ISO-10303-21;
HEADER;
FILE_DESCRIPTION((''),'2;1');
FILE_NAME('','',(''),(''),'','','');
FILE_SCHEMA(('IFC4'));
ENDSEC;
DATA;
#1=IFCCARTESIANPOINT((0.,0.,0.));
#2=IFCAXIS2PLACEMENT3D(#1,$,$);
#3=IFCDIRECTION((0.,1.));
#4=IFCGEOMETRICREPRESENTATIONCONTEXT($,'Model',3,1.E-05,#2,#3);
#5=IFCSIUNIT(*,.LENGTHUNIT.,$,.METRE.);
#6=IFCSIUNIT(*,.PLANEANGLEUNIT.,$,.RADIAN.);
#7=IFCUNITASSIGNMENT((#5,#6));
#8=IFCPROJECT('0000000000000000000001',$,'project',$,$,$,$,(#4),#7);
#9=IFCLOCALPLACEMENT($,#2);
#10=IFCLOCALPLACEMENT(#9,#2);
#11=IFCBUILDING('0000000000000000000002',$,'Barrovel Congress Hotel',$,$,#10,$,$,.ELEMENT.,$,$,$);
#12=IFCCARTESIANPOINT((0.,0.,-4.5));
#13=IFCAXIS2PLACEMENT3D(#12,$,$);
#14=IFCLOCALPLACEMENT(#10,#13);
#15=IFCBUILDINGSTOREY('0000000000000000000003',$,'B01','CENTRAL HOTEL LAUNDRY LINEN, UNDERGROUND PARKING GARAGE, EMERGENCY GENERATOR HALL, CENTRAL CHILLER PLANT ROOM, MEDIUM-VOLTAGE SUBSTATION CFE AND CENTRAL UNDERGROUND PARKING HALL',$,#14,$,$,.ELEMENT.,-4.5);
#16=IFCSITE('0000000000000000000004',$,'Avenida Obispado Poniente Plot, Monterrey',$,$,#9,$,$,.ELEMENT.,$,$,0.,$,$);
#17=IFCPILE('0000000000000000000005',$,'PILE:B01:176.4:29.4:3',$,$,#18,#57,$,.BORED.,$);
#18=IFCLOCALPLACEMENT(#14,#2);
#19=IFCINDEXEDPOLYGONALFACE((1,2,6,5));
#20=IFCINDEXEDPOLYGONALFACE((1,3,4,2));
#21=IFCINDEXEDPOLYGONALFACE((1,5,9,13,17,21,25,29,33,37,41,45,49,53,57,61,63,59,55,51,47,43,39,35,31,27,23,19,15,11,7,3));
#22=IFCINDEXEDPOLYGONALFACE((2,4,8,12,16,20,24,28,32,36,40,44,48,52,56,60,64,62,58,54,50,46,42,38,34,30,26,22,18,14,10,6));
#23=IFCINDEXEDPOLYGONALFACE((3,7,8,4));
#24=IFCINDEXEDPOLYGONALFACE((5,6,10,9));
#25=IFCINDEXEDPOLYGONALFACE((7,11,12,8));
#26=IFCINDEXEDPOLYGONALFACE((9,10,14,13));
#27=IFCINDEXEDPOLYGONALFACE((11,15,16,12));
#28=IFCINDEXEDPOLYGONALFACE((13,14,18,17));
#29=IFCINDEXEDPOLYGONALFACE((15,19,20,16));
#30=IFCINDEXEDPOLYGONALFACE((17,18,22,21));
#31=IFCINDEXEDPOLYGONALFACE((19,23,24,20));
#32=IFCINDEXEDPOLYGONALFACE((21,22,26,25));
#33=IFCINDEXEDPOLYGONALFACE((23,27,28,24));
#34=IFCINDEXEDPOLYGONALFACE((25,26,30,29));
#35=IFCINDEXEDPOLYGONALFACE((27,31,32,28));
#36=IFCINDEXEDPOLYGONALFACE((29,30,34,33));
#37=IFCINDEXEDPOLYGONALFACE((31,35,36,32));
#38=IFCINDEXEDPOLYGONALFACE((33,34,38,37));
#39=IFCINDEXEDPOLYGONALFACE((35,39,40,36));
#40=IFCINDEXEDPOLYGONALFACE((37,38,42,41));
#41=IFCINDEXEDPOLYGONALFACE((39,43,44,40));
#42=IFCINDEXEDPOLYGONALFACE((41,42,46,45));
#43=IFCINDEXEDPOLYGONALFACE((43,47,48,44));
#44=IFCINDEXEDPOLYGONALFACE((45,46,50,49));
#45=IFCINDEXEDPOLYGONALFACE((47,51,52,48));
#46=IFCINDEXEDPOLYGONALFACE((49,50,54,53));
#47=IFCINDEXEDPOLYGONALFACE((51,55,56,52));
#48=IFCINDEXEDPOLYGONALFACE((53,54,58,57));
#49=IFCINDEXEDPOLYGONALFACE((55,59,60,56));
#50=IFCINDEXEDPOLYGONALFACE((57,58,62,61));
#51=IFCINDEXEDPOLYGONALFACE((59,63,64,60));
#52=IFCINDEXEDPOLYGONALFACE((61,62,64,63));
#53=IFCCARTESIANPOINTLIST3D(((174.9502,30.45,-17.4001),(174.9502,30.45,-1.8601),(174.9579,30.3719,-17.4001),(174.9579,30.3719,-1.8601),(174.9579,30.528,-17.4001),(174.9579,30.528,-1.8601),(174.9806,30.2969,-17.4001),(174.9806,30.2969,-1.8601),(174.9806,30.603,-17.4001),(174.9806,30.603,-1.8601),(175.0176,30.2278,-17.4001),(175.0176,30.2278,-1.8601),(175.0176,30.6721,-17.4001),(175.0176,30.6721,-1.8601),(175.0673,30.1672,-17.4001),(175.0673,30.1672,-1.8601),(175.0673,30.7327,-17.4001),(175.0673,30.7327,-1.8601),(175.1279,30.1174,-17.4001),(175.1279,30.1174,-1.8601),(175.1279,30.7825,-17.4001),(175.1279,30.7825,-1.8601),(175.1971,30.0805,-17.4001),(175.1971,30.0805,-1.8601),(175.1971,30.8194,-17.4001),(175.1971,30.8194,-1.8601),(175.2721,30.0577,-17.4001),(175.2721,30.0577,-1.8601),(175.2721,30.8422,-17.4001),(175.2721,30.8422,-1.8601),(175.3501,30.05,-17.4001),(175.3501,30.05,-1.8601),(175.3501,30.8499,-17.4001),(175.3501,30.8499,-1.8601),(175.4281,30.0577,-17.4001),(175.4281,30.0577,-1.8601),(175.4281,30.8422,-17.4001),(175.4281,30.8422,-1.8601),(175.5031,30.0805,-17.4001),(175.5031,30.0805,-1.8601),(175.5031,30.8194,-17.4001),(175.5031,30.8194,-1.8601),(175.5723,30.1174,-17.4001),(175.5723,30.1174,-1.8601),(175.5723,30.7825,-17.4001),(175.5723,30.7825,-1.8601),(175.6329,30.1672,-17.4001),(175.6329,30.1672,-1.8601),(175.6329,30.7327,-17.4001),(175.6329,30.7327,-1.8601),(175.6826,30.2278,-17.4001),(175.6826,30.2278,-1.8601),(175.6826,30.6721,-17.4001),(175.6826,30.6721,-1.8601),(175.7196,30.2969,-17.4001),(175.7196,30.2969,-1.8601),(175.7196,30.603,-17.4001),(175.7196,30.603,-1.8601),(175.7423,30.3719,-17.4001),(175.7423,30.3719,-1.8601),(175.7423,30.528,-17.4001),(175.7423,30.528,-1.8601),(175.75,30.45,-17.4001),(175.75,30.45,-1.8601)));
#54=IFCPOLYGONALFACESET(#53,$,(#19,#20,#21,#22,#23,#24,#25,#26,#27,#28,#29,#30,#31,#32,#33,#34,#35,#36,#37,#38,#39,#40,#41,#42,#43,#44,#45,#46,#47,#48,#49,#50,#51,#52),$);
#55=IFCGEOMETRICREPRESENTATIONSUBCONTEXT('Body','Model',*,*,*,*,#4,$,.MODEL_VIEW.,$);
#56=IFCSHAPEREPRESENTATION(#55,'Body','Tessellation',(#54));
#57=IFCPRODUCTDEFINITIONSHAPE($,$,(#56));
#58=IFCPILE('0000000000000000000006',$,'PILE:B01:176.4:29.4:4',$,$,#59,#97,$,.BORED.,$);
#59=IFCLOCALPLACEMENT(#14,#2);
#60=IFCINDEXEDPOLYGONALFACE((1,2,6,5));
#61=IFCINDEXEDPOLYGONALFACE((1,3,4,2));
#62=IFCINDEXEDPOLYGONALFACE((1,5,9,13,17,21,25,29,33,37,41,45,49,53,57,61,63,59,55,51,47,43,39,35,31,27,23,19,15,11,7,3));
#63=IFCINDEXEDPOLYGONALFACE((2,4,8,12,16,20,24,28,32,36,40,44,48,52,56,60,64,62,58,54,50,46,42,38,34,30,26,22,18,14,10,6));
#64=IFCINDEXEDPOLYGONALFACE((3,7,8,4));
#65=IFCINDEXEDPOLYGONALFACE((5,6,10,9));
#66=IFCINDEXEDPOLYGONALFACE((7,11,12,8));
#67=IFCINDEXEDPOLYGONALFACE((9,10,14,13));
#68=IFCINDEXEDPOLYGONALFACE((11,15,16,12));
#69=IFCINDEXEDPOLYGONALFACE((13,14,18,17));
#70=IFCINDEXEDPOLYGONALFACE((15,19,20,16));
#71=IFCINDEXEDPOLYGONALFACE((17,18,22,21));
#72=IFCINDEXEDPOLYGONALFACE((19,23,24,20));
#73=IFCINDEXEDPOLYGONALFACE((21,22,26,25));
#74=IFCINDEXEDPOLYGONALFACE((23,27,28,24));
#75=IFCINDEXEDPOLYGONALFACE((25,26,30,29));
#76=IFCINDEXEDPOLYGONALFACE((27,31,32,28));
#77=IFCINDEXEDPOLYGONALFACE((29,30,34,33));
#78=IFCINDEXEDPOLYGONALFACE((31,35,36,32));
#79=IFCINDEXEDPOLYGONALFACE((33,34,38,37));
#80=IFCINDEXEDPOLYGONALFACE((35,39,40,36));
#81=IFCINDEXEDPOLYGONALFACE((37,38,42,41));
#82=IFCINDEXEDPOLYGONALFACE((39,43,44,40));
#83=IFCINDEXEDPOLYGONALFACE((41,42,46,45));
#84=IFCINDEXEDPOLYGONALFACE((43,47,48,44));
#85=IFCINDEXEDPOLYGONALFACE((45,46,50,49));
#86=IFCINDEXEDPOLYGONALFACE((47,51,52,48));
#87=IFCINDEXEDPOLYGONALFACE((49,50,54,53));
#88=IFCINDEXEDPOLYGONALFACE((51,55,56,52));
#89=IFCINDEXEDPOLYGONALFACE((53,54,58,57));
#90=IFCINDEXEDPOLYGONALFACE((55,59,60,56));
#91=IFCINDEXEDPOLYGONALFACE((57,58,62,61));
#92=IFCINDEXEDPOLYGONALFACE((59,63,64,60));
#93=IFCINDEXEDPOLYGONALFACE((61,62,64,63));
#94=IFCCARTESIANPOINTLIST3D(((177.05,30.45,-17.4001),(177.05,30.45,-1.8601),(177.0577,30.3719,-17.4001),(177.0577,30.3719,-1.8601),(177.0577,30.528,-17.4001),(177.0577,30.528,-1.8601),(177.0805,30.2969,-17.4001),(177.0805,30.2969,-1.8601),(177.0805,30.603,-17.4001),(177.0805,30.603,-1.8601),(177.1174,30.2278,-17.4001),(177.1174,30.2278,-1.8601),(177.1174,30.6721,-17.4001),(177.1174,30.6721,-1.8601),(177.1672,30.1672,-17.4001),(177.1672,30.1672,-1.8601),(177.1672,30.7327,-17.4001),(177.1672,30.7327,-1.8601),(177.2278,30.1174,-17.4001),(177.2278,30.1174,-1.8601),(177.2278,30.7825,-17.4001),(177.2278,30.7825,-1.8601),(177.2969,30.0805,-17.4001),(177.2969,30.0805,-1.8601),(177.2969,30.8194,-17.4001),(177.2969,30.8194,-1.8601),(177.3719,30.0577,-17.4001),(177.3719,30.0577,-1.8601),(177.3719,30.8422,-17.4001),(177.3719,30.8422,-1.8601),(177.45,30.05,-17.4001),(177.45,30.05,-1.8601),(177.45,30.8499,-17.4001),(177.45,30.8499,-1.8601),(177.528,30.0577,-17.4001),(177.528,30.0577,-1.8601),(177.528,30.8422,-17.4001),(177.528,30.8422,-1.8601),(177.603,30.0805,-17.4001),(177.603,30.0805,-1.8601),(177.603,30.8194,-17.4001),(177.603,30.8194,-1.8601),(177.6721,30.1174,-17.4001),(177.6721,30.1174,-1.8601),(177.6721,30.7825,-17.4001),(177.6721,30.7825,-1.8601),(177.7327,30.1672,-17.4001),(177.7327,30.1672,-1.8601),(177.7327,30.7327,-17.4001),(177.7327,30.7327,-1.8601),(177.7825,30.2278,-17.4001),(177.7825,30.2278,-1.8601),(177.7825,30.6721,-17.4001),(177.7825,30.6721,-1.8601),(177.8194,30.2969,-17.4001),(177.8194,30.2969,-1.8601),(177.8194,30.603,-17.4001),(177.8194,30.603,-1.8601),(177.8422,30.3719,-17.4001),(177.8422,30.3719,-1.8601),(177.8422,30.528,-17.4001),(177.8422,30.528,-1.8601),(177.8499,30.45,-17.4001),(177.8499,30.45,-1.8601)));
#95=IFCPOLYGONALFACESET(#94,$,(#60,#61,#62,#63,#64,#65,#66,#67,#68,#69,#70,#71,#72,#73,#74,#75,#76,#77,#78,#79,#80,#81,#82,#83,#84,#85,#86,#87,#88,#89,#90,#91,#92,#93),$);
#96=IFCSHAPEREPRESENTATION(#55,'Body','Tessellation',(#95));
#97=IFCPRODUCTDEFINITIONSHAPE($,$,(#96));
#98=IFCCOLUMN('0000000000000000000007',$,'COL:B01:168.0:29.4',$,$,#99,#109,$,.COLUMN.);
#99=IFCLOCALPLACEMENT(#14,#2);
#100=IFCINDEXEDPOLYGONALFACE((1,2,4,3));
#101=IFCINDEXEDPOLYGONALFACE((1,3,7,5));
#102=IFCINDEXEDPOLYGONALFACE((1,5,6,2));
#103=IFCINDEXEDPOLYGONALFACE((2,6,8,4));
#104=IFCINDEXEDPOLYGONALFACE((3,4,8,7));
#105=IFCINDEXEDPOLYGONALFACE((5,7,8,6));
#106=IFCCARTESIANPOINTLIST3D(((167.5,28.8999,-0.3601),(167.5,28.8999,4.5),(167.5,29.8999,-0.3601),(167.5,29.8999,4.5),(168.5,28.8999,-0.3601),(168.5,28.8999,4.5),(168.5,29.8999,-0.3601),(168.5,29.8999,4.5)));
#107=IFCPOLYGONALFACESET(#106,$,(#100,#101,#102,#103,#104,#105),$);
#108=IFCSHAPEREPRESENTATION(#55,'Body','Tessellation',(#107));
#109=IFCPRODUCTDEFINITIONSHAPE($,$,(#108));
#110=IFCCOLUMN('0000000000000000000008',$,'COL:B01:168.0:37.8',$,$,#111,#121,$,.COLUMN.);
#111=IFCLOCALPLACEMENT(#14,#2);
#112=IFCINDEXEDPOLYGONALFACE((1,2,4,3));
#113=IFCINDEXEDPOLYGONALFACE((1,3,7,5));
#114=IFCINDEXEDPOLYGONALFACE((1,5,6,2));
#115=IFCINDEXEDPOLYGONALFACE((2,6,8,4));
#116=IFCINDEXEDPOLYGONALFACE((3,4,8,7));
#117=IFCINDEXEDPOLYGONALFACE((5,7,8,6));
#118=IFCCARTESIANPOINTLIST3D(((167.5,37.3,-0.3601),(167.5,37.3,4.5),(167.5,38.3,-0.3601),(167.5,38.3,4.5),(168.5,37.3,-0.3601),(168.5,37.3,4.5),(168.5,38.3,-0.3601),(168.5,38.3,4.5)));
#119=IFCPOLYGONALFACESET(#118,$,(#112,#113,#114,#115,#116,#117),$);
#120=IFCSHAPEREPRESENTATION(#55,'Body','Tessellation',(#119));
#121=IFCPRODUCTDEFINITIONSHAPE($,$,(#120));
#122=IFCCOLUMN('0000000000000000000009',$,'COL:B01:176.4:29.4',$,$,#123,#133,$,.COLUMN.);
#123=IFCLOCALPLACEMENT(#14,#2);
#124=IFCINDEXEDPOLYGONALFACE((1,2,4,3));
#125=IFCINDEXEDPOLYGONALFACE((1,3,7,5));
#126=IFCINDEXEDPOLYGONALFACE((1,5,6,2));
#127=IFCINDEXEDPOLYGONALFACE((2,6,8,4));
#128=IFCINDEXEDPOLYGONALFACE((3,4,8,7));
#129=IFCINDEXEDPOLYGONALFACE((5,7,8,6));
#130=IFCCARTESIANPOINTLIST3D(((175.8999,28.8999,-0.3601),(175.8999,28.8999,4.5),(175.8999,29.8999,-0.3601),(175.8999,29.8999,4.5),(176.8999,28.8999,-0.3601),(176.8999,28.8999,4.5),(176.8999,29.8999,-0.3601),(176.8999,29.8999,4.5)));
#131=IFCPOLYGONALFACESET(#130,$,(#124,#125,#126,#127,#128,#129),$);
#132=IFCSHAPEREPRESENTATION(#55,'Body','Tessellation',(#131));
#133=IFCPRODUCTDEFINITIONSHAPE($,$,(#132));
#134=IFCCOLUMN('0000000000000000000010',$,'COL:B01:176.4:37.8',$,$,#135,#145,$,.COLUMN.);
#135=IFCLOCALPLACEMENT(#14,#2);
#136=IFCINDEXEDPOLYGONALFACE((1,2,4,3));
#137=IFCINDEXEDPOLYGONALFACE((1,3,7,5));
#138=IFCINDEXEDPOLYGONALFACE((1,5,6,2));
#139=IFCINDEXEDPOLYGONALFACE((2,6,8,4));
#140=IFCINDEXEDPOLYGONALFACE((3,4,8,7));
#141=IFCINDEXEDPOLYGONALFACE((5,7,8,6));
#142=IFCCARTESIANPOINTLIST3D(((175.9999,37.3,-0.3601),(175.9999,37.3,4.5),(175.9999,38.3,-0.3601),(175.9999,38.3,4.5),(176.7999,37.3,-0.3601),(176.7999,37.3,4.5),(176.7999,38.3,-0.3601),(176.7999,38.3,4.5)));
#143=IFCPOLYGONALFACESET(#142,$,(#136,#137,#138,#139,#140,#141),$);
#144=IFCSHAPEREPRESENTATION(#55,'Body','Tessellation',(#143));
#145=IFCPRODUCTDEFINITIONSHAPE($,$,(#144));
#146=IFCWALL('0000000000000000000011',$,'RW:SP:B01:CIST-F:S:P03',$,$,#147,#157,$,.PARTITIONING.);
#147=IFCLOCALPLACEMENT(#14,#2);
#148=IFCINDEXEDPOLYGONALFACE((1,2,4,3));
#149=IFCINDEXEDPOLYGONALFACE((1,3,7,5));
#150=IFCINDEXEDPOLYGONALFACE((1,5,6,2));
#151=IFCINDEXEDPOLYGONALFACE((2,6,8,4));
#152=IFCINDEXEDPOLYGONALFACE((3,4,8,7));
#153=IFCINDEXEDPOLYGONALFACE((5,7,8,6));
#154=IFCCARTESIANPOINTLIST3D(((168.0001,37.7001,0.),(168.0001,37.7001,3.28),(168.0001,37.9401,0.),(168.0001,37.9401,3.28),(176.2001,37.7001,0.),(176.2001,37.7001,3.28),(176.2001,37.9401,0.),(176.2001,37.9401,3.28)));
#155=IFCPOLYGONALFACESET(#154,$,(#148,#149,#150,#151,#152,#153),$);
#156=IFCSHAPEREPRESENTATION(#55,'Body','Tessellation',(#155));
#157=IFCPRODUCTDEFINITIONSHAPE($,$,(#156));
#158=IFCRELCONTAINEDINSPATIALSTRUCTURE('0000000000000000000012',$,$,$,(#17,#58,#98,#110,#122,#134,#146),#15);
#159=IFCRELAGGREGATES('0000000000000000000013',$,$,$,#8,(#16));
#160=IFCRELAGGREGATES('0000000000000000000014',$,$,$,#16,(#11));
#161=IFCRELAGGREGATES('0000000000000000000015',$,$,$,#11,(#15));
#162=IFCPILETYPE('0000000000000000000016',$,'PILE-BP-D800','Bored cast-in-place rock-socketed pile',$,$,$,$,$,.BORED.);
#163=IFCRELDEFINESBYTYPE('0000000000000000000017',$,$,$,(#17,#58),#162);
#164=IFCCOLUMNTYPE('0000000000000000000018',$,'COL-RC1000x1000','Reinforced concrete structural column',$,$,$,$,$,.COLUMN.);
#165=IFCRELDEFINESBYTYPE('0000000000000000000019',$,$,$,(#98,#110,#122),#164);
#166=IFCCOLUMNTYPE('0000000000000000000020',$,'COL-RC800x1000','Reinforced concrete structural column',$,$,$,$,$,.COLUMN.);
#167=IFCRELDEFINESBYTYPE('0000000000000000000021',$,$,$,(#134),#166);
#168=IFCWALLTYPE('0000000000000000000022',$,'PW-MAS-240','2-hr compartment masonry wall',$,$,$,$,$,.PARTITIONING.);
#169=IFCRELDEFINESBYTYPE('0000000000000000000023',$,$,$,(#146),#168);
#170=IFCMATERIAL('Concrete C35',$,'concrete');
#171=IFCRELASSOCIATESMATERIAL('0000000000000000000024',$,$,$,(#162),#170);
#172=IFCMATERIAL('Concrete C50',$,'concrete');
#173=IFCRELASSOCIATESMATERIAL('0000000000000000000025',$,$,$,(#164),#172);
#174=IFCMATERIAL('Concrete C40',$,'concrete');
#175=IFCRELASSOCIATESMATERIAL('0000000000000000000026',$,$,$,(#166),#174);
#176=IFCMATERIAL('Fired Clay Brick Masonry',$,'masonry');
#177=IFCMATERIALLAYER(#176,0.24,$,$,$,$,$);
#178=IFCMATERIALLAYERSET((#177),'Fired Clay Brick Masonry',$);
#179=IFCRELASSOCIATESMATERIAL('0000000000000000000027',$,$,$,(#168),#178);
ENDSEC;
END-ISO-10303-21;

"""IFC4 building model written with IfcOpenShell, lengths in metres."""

from ifc_helpers import new_model, si_unit, direction, frame, frame_2d, origin, origin_2d, place, context, subcontext, project, spatial, rectangle, circle, extrude, material, layer, layer_set, material_profile, profile_set, type_object, element, save


model = new_model("IFC4")

# Units and contexts
model_context = context("Model", 3, precision=1e-05, world=origin(), true_north=direction((0.0, 1.0)))
body_context = subcontext(model_context, "Body", "Model", "MODEL_VIEW")
ifc_project = project(units=[si_unit("LENGTHUNIT", "METRE"), si_unit("PLANEANGLEUNIT", "RADIAN")], contexts=[model_context])

# Site, building, storey
site_placement = place(None, origin())
site = spatial("IfcSite", under=ifc_project, at=site_placement, Name="Avenida Obispado Poniente Plot, Monterrey", CompositionType="ELEMENT", RefElevation=0.0)
building_placement = place(site_placement, origin())
building = spatial("IfcBuilding", under=site, at=building_placement, Name="Barrovel Congress Hotel", CompositionType="ELEMENT")
storey_placement = place(building_placement, frame((0.0, 0.0, -4.5)))
storey = spatial("IfcBuildingStorey", under=building, at=storey_placement, Name="B01", Description="CENTRAL HOTEL LAUNDRY LINEN, UNDERGROUND PARKING GARAGE, EMERGENCY GENERATOR HALL, CENTRAL CHILLER PLANT ROOM, MEDIUM-VOLTAGE SUBSTATION CFE AND CENTRAL UNDERGROUND PARKING HALL", CompositionType="ELEMENT", Elevation=-4.5)

# Shared definitions
ifc_material_1 = material(Name="Concrete C40", Category="concrete")

# Piles
ifc_material_2 = material(Name="Concrete C35", Category="concrete")
ifc_material_profile_1 = material_profile(ifc_material_2, circle(Radius=0.3999, at=origin_2d()), Name="BP-D800")
ifc_profile_set_1 = profile_set([ifc_material_profile_1], Name="Concrete C35")
pile_type_1 = type_object("IfcPileType", Name="PILE-BP-D800", Description="Bored cast-in-place rock-socketed pile", PredefinedType="BORED", material=ifc_profile_set_1)
for number, where, z_axis, x_axis, name in (
    (1, (175.3501, 30.45, -1.8601), (0.0, 0.0, -1.0), (1.0, 0.0, 0.0), "PILE:B01:176.4:29.4:3"),
    (2, (177.45, 30.45, -1.8601), (0.0, 0.0, -1.0), (1.0, 0.0, 0.0), "PILE:B01:176.4:29.4:4"),
):
    element("IfcPile", number, at=place(storey_placement, frame(where, z_axis=z_axis, x_axis=x_axis)), inside=storey, type_object=pile_type_1, Name=name, PredefinedType="BORED", context=body_context, shape_type="SweptSolid", body=[
        extrude(circle(Radius=0.3999, at=origin_2d()), origin(), (0.0, 0.0, 1.0), 15.54),
    ])

# Columns
ifc_material_3 = material(Name="Concrete C50", Category="concrete")
ifc_material_profile_2 = material_profile(ifc_material_3, rectangle(XDim=1.0, YDim=1.0, at=origin_2d()), Name="RC1000x1000")
ifc_profile_set_2 = profile_set([ifc_material_profile_2], Name="Concrete C50")
column_type_1 = type_object("IfcColumnType", Name="COL-RC1000x1000", Description="Reinforced concrete structural column", PredefinedType="COLUMN", material=ifc_profile_set_2)
for number, where, z_axis, x_axis, name in (
    (3, (168.0, 29.3999, -0.3601), (0.0, 0.0, 1.0), (1.0, 0.0, 0.0), "COL:B01:168.0:29.4"),
    (4, (168.0, 37.8, -0.3601), (0.0, 0.0, 1.0), (1.0, 0.0, 0.0), "COL:B01:168.0:37.8"),
    (5, (176.3999, 29.3999, -0.3601), (0.0, 0.0, 1.0), (1.0, 0.0, 0.0), "COL:B01:176.4:29.4"),
):
    element("IfcColumn", number, at=place(storey_placement, frame(where, z_axis=z_axis, x_axis=x_axis)), inside=storey, type_object=column_type_1, Name=name, PredefinedType="COLUMN", context=body_context, shape_type="SweptSolid", body=[
        extrude(rectangle(XDim=1.0, YDim=1.0, at=origin_2d()), origin(), (0.0, 0.0, 1.0), 4.8601),
    ])
ifc_material_profile_3 = material_profile(ifc_material_1, rectangle(XDim=0.8, YDim=1.0, at=origin_2d()), Name="RC800x1000")
ifc_profile_set_3 = profile_set([ifc_material_profile_3], Name="Concrete C40")
column_type_2 = type_object("IfcColumnType", Name="COL-RC800x1000", Description="Reinforced concrete structural column", PredefinedType="COLUMN", material=ifc_profile_set_3)
column_placement = place(storey_placement, frame((176.3999, 37.8, -0.3601), z_axis=(0.0, 0.0, 1.0), x_axis=(1.0, 0.0, 0.0)))
element("IfcColumn", 6, at=column_placement, inside=storey, type_object=column_type_2, Name="COL:B01:176.4:37.8", PredefinedType="COLUMN", context=body_context, shape_type="SweptSolid", body=[
    extrude(rectangle(XDim=0.8, YDim=1.0, at=origin_2d()), origin(), (0.0, 0.0, 1.0), 4.8601),
])

# Wall
ifc_material_4 = material(Name="Fired Clay Brick Masonry", Category="masonry")
ifc_layer = layer(ifc_material_4, 0.24)
ifc_layer_set = layer_set([ifc_layer], Name="Fired Clay Brick Masonry")
wall_type = type_object("IfcWallType", Name="PW-MAS-240", Description="2-hr compartment masonry wall", PredefinedType="PARTITIONING", material=ifc_layer_set)
wall_placement = place(storey_placement, frame((168.0, 37.8201, 0.0), z_axis=(0.0, 0.0, 1.0), x_axis=(1.0, 0.0, 0.0)))
element("IfcWall", 7, at=wall_placement, inside=storey, type_object=wall_type, Name="RW:SP:B01:CIST-F:S:P03", PredefinedType="PARTITIONING", context=body_context, shape_type="SweptSolid", body=[
    extrude(rectangle(XDim=8.2, YDim=0.24, at=frame_2d((4.1001, 0.0))), origin(), (0.0, 0.0, 1.0), 3.28),
])

save(model, "model.ifc")
